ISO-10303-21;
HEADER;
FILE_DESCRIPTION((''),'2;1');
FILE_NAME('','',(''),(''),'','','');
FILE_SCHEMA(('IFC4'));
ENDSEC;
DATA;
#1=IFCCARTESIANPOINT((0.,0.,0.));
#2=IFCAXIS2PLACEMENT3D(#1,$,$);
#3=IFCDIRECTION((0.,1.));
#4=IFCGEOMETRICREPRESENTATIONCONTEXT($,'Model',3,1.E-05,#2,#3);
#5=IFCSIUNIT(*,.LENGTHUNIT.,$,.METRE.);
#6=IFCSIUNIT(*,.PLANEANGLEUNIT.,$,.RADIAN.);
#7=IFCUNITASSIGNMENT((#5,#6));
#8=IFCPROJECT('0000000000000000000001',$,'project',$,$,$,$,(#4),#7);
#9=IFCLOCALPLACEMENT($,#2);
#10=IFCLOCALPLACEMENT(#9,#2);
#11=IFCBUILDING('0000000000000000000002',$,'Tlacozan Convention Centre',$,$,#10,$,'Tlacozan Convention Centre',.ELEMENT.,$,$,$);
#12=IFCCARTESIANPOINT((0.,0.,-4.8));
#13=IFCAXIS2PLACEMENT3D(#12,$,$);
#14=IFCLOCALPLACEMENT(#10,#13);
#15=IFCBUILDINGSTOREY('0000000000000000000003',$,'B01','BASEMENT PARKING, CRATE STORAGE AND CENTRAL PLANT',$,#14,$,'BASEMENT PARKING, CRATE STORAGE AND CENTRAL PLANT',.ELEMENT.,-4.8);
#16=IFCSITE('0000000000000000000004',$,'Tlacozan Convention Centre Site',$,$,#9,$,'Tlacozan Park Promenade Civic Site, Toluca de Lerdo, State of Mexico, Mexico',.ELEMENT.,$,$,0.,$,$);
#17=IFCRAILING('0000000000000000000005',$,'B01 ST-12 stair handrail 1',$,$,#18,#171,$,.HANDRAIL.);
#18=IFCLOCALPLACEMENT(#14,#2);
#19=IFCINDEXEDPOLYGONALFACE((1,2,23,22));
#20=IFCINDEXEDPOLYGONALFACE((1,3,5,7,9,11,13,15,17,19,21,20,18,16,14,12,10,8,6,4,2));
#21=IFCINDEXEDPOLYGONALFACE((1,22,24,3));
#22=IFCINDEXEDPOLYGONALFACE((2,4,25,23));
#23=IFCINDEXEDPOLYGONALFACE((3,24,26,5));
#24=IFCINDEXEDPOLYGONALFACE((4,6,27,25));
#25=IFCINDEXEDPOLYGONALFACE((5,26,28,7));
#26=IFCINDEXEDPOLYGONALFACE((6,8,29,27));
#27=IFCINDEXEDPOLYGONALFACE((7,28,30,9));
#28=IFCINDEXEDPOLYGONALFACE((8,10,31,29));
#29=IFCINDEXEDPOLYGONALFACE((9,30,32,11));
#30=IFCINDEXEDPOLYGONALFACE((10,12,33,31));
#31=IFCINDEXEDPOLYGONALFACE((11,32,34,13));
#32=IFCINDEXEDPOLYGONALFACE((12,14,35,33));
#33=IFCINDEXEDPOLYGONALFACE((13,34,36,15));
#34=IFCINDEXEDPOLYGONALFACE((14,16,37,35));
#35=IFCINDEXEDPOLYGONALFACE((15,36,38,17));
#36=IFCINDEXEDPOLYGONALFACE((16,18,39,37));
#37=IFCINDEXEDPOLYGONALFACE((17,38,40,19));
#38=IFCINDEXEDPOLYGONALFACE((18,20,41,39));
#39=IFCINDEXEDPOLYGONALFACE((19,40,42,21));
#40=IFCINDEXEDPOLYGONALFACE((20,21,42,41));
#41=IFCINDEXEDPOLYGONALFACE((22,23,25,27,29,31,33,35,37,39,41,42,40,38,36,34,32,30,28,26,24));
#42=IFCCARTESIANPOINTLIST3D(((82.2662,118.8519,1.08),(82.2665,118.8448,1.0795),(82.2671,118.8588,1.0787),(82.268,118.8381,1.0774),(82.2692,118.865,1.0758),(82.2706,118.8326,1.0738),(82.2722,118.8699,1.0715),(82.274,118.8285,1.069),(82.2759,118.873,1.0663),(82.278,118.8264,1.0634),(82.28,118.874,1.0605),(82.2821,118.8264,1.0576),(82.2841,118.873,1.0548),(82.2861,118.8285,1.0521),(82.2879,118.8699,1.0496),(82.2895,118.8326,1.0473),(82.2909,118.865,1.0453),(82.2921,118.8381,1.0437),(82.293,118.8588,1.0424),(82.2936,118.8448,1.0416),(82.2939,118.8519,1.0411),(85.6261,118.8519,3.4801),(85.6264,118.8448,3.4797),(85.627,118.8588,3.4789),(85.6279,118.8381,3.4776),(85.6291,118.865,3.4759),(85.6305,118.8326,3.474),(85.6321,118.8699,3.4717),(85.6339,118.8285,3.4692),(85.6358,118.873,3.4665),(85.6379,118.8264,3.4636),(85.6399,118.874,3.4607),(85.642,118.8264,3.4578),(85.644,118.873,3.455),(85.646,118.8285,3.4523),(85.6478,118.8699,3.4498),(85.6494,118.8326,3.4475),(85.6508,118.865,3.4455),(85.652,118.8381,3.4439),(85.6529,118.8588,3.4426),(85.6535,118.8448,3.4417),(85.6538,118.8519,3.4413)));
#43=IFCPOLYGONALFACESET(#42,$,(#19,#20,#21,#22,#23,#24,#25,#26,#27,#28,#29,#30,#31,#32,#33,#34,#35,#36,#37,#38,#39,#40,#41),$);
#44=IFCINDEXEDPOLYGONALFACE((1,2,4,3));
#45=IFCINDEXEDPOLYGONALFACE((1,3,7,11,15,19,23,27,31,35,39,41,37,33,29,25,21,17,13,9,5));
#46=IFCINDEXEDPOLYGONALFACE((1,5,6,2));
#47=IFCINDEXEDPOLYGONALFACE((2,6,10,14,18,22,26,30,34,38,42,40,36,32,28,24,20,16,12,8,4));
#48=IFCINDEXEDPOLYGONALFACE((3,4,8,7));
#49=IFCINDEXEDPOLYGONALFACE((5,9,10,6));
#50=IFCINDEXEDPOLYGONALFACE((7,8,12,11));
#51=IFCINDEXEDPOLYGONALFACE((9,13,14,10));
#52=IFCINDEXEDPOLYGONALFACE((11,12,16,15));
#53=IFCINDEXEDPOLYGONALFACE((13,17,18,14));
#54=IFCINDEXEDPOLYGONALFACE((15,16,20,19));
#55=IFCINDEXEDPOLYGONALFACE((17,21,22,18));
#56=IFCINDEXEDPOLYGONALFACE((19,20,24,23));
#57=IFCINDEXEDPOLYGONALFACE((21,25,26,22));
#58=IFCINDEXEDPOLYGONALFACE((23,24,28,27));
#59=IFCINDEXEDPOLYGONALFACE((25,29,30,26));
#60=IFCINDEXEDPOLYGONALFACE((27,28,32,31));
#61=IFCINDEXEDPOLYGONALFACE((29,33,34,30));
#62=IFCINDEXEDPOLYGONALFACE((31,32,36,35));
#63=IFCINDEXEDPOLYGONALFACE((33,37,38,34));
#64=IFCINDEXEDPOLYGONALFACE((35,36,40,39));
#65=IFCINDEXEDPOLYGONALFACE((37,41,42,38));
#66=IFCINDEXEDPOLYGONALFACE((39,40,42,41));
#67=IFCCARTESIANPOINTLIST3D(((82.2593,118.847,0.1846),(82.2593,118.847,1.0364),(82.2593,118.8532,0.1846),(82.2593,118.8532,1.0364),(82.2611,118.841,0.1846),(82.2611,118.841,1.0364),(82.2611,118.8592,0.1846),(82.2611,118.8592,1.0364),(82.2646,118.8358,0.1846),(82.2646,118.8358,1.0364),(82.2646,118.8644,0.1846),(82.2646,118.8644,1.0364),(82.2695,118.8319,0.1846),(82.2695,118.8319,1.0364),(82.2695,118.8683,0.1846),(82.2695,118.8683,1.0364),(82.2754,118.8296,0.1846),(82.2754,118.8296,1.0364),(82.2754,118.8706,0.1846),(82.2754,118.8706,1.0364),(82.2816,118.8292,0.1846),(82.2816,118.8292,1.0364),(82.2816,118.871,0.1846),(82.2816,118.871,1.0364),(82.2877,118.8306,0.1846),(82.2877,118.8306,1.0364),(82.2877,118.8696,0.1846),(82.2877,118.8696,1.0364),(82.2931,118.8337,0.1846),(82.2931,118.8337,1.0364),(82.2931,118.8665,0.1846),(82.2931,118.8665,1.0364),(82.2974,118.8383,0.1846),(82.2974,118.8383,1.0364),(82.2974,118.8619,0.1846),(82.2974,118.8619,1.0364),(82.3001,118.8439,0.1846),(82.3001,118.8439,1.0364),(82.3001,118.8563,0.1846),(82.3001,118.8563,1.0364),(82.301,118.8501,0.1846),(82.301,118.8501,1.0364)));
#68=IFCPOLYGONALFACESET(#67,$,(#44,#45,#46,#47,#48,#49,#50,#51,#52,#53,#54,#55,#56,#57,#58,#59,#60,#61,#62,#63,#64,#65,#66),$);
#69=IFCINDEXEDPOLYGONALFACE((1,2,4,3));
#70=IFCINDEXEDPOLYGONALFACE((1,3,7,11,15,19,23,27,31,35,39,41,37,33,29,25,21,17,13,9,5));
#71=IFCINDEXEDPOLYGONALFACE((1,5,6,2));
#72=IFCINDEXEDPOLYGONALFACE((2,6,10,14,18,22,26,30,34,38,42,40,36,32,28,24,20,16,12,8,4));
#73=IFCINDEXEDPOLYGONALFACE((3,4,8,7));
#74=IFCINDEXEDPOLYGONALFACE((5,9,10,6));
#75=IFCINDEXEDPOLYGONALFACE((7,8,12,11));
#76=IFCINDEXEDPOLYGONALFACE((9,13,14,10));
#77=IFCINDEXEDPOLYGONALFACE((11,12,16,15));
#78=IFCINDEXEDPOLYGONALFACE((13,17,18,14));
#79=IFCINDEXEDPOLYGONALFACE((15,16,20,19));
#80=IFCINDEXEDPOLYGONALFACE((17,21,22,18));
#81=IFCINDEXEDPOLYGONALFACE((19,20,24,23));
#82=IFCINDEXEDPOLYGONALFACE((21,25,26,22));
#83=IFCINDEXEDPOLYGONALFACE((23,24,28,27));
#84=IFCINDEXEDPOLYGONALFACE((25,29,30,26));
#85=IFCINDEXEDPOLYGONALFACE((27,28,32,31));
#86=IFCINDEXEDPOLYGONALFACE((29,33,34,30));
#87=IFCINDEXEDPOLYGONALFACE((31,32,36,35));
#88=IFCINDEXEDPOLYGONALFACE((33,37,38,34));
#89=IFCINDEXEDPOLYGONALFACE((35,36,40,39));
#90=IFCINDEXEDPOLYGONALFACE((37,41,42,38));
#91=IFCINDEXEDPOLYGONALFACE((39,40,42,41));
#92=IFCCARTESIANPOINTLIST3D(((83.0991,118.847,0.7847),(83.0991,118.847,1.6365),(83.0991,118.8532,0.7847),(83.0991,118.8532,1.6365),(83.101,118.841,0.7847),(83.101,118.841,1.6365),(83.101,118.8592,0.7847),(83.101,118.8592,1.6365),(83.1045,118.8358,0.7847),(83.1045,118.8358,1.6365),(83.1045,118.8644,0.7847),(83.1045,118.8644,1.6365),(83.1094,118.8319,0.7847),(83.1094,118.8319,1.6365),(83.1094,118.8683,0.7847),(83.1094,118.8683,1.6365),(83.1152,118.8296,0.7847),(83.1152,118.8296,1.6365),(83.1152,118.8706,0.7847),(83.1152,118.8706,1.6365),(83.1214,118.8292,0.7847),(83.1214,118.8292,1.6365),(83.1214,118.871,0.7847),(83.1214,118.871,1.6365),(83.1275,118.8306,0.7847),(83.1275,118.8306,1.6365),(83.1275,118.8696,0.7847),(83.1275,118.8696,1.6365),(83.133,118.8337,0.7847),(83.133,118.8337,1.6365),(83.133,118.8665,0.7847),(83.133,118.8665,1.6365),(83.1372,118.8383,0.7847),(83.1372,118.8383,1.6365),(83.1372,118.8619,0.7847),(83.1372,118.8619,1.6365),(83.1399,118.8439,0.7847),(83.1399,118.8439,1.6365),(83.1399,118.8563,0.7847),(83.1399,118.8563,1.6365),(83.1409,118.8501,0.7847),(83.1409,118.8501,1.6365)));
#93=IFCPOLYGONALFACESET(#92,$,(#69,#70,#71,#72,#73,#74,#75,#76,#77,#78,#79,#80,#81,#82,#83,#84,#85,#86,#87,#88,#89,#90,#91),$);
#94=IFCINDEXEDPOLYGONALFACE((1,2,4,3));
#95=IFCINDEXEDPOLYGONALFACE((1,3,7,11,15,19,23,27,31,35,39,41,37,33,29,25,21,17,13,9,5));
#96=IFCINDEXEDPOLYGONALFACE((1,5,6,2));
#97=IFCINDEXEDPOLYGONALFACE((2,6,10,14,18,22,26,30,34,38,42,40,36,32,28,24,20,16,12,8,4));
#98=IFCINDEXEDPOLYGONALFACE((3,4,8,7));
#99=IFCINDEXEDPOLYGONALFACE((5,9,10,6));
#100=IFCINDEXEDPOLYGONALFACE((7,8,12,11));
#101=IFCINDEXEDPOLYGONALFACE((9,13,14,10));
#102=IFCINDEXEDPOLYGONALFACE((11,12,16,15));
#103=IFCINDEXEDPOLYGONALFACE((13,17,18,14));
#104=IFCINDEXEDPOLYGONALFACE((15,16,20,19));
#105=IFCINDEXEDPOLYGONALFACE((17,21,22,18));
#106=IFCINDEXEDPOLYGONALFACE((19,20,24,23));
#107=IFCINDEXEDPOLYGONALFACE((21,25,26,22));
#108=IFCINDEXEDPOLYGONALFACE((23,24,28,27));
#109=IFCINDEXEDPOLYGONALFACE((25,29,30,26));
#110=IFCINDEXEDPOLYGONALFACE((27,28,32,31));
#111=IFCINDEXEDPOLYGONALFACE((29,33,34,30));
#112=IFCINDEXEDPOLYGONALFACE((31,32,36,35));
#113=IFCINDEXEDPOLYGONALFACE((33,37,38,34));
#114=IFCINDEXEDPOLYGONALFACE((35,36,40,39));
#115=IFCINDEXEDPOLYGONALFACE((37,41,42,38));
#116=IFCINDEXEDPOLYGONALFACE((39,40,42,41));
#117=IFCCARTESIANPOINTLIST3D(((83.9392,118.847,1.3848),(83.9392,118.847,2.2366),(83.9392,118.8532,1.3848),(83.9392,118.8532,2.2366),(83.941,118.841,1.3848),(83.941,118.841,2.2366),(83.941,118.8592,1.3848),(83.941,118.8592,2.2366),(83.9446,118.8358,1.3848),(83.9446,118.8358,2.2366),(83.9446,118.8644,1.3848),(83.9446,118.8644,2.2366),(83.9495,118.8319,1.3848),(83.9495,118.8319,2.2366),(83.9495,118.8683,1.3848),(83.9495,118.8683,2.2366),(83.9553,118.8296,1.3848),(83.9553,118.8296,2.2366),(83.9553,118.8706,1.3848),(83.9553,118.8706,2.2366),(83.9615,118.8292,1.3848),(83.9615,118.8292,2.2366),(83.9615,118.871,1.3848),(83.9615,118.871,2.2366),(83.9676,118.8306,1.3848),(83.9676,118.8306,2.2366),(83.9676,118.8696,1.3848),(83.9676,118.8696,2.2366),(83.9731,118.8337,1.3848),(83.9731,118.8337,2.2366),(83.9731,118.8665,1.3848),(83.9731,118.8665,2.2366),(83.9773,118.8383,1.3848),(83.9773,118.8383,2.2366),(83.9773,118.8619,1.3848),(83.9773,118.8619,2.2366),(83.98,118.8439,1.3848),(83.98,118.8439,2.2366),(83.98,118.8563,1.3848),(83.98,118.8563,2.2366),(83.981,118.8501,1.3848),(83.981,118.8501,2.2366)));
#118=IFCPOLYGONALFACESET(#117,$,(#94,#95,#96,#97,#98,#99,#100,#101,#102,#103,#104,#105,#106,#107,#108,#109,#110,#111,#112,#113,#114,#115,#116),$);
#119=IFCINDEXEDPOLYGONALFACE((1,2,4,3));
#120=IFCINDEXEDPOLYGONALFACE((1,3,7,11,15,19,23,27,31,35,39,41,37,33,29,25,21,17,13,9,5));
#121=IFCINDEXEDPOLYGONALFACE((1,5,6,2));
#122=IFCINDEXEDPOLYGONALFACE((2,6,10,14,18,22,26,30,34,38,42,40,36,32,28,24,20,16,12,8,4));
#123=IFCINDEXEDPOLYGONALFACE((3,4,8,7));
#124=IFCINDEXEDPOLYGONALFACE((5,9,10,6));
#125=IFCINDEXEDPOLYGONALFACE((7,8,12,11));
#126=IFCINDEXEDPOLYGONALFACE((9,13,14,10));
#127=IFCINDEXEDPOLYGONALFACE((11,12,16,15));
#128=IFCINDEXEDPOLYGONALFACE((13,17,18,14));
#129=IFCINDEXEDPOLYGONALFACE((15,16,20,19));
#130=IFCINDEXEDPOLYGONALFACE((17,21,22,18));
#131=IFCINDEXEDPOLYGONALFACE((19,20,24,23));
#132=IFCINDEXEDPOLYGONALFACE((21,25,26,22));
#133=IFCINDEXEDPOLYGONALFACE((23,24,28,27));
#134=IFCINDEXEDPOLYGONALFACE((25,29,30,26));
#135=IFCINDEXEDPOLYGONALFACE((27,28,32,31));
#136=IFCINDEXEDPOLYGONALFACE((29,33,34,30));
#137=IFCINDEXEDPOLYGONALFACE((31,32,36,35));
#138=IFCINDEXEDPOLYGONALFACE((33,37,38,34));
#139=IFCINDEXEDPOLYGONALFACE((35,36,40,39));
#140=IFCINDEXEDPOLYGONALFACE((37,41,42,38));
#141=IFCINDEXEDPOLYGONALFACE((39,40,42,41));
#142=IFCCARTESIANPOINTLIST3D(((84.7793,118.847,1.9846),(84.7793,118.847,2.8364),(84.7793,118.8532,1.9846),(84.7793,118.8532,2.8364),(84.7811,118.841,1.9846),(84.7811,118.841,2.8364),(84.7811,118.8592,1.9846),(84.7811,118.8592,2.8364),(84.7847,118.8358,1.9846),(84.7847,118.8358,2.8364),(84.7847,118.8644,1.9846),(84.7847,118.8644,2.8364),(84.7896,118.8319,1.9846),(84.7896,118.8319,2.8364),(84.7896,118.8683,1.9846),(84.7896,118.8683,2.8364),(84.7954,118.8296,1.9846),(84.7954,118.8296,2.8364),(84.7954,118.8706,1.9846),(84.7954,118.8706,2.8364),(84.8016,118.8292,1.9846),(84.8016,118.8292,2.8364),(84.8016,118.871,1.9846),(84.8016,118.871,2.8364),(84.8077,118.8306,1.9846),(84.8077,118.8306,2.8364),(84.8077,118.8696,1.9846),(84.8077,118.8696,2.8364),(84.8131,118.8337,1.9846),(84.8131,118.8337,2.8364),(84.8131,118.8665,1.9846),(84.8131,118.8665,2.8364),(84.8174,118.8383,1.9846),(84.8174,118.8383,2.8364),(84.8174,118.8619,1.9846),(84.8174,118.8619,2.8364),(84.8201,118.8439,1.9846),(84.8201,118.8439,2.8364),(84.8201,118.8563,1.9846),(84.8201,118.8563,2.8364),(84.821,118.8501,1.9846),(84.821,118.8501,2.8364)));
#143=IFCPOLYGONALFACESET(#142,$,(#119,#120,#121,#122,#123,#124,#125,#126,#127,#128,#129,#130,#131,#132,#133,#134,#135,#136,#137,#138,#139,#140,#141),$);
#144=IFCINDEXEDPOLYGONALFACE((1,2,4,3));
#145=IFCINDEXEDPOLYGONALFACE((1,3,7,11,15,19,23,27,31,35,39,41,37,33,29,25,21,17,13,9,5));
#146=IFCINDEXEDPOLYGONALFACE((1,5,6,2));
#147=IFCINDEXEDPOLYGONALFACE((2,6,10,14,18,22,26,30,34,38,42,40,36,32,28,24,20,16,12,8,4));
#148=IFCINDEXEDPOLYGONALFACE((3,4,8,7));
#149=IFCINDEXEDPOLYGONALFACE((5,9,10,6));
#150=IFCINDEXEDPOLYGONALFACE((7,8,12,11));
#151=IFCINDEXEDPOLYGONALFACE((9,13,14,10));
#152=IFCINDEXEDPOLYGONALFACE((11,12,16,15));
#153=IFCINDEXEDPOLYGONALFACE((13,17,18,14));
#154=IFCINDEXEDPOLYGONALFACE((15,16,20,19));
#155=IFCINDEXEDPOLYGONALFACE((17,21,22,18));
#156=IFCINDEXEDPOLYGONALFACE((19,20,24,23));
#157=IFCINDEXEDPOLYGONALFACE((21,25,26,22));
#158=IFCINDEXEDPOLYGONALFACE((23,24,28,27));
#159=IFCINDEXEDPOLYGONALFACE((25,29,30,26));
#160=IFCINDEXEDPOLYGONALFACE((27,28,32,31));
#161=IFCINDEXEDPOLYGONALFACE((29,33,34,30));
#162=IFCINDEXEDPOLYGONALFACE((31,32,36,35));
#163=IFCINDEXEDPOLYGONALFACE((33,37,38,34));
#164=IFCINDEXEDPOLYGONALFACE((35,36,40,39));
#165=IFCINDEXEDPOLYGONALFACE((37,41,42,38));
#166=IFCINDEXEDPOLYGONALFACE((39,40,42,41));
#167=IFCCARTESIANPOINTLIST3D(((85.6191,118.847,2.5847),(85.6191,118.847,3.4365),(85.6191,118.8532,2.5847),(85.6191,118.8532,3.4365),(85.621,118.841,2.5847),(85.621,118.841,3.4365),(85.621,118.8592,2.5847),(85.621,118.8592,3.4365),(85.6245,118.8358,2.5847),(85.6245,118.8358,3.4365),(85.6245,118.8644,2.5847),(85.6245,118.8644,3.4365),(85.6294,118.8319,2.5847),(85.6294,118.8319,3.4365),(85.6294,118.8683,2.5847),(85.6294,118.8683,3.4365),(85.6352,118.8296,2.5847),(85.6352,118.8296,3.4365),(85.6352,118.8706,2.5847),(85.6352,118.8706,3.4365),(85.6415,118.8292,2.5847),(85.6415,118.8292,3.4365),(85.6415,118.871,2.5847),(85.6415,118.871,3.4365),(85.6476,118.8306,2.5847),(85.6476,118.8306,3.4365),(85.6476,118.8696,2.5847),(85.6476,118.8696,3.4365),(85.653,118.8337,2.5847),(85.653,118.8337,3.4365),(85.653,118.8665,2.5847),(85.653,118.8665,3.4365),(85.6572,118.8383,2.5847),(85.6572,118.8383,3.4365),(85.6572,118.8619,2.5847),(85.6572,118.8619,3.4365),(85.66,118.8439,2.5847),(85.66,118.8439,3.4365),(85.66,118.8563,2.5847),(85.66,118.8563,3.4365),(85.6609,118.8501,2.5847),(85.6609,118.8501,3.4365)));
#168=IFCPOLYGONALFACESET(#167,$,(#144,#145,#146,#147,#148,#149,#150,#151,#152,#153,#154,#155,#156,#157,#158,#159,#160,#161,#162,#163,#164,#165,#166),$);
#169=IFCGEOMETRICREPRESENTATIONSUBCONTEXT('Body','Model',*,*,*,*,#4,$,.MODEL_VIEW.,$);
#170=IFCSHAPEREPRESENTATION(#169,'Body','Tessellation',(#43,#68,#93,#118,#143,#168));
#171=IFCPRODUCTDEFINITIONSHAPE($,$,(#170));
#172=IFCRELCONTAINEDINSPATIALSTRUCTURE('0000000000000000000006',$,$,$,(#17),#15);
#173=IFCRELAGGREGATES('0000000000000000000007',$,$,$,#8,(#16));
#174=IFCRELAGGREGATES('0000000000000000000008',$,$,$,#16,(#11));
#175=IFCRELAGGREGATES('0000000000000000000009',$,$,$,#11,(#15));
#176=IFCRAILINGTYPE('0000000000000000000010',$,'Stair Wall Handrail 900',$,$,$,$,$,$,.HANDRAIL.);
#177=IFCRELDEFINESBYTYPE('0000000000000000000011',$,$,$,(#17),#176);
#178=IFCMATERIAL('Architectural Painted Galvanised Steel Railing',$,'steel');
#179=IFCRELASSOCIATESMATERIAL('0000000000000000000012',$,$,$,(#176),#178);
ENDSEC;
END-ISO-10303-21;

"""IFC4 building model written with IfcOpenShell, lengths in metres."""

from ifc_helpers import new_model, si_unit, direction, frame, origin, origin_2d, place, context, subcontext, project, spatial, circle, extrude, material, type_object, element, save


model = new_model("IFC4")

# Units and contexts
model_context = context("Model", 3, precision=1e-05, world=origin(), true_north=direction((0.0, 1.0)))
body_context = subcontext(model_context, "Body", "Model", "MODEL_VIEW")
ifc_project = project(units=[si_unit("LENGTHUNIT", "METRE"), si_unit("PLANEANGLEUNIT", "RADIAN")], contexts=[model_context])

# Site, building, storey
site_placement = place(None, origin())
site = spatial("IfcSite", under=ifc_project, at=site_placement, Name="Tlacozan Convention Centre Site", LongName="Tlacozan Park Promenade Civic Site, Toluca de Lerdo, State of Mexico, Mexico", CompositionType="ELEMENT", RefElevation=0.0)
building_placement = place(site_placement, origin())
building = spatial("IfcBuilding", under=site, at=building_placement, Name="Tlacozan Convention Centre", LongName="Tlacozan Convention Centre", CompositionType="ELEMENT")
storey_placement = place(building_placement, frame((0.0, 0.0, -4.8)))
storey = spatial("IfcBuildingStorey", under=building, at=storey_placement, Name="B01", Description="BASEMENT PARKING, CRATE STORAGE AND CENTRAL PLANT", LongName="BASEMENT PARKING, CRATE STORAGE AND CENTRAL PLANT", CompositionType="ELEMENT", Elevation=-4.8)

# Railing
ifc_material_1 = material(Name="Architectural Painted Galvanised Steel Railing", Category="steel")
railing_type_1 = type_object("IfcRailingType", Name="Stair Wall Handrail 900", PredefinedType="HANDRAIL", material=ifc_material_1)
railing_1_placement = place(storey_placement, frame((82.28, 118.8501, 0.1846)))
element("IfcRailing", 1, at=railing_1_placement, inside=storey, type_object=railing_type_1, Name="B01 ST-12 stair handrail 1", PredefinedType="HANDRAIL", context=body_context, shape_type="SweptSolid", body=[
    extrude(circle(Radius=0.0239, at=origin_2d()), frame((0.0, 0.0, 0.876), z_axis=(0.813706, 0.0, 0.581277), x_axis=(0.0, 1.0, 0.0)), (0.0, 0.0, 1.0), 4.1292),
    extrude(circle(Radius=0.021, at=origin_2d()), origin(), (0.0, 0.0, 1.0), 0.8518),
    extrude(circle(Radius=0.021, at=origin_2d()), frame((0.8398, 0.0, 0.6001)), (0.0, 0.0, 1.0), 0.8518),
    extrude(circle(Radius=0.021, at=origin_2d()), frame((1.6799, 0.0, 1.2002)), (0.0, 0.0, 1.0), 0.8518),
    extrude(circle(Radius=0.021, at=origin_2d()), frame((2.52, 0.0, 1.8)), (0.0, 0.0, 1.0), 0.8518),
    extrude(circle(Radius=0.021, at=origin_2d()), frame((3.3599, 0.0, 2.4001)), (0.0, 0.0, 1.0), 0.8518),
])

save(model, "model.ifc")
